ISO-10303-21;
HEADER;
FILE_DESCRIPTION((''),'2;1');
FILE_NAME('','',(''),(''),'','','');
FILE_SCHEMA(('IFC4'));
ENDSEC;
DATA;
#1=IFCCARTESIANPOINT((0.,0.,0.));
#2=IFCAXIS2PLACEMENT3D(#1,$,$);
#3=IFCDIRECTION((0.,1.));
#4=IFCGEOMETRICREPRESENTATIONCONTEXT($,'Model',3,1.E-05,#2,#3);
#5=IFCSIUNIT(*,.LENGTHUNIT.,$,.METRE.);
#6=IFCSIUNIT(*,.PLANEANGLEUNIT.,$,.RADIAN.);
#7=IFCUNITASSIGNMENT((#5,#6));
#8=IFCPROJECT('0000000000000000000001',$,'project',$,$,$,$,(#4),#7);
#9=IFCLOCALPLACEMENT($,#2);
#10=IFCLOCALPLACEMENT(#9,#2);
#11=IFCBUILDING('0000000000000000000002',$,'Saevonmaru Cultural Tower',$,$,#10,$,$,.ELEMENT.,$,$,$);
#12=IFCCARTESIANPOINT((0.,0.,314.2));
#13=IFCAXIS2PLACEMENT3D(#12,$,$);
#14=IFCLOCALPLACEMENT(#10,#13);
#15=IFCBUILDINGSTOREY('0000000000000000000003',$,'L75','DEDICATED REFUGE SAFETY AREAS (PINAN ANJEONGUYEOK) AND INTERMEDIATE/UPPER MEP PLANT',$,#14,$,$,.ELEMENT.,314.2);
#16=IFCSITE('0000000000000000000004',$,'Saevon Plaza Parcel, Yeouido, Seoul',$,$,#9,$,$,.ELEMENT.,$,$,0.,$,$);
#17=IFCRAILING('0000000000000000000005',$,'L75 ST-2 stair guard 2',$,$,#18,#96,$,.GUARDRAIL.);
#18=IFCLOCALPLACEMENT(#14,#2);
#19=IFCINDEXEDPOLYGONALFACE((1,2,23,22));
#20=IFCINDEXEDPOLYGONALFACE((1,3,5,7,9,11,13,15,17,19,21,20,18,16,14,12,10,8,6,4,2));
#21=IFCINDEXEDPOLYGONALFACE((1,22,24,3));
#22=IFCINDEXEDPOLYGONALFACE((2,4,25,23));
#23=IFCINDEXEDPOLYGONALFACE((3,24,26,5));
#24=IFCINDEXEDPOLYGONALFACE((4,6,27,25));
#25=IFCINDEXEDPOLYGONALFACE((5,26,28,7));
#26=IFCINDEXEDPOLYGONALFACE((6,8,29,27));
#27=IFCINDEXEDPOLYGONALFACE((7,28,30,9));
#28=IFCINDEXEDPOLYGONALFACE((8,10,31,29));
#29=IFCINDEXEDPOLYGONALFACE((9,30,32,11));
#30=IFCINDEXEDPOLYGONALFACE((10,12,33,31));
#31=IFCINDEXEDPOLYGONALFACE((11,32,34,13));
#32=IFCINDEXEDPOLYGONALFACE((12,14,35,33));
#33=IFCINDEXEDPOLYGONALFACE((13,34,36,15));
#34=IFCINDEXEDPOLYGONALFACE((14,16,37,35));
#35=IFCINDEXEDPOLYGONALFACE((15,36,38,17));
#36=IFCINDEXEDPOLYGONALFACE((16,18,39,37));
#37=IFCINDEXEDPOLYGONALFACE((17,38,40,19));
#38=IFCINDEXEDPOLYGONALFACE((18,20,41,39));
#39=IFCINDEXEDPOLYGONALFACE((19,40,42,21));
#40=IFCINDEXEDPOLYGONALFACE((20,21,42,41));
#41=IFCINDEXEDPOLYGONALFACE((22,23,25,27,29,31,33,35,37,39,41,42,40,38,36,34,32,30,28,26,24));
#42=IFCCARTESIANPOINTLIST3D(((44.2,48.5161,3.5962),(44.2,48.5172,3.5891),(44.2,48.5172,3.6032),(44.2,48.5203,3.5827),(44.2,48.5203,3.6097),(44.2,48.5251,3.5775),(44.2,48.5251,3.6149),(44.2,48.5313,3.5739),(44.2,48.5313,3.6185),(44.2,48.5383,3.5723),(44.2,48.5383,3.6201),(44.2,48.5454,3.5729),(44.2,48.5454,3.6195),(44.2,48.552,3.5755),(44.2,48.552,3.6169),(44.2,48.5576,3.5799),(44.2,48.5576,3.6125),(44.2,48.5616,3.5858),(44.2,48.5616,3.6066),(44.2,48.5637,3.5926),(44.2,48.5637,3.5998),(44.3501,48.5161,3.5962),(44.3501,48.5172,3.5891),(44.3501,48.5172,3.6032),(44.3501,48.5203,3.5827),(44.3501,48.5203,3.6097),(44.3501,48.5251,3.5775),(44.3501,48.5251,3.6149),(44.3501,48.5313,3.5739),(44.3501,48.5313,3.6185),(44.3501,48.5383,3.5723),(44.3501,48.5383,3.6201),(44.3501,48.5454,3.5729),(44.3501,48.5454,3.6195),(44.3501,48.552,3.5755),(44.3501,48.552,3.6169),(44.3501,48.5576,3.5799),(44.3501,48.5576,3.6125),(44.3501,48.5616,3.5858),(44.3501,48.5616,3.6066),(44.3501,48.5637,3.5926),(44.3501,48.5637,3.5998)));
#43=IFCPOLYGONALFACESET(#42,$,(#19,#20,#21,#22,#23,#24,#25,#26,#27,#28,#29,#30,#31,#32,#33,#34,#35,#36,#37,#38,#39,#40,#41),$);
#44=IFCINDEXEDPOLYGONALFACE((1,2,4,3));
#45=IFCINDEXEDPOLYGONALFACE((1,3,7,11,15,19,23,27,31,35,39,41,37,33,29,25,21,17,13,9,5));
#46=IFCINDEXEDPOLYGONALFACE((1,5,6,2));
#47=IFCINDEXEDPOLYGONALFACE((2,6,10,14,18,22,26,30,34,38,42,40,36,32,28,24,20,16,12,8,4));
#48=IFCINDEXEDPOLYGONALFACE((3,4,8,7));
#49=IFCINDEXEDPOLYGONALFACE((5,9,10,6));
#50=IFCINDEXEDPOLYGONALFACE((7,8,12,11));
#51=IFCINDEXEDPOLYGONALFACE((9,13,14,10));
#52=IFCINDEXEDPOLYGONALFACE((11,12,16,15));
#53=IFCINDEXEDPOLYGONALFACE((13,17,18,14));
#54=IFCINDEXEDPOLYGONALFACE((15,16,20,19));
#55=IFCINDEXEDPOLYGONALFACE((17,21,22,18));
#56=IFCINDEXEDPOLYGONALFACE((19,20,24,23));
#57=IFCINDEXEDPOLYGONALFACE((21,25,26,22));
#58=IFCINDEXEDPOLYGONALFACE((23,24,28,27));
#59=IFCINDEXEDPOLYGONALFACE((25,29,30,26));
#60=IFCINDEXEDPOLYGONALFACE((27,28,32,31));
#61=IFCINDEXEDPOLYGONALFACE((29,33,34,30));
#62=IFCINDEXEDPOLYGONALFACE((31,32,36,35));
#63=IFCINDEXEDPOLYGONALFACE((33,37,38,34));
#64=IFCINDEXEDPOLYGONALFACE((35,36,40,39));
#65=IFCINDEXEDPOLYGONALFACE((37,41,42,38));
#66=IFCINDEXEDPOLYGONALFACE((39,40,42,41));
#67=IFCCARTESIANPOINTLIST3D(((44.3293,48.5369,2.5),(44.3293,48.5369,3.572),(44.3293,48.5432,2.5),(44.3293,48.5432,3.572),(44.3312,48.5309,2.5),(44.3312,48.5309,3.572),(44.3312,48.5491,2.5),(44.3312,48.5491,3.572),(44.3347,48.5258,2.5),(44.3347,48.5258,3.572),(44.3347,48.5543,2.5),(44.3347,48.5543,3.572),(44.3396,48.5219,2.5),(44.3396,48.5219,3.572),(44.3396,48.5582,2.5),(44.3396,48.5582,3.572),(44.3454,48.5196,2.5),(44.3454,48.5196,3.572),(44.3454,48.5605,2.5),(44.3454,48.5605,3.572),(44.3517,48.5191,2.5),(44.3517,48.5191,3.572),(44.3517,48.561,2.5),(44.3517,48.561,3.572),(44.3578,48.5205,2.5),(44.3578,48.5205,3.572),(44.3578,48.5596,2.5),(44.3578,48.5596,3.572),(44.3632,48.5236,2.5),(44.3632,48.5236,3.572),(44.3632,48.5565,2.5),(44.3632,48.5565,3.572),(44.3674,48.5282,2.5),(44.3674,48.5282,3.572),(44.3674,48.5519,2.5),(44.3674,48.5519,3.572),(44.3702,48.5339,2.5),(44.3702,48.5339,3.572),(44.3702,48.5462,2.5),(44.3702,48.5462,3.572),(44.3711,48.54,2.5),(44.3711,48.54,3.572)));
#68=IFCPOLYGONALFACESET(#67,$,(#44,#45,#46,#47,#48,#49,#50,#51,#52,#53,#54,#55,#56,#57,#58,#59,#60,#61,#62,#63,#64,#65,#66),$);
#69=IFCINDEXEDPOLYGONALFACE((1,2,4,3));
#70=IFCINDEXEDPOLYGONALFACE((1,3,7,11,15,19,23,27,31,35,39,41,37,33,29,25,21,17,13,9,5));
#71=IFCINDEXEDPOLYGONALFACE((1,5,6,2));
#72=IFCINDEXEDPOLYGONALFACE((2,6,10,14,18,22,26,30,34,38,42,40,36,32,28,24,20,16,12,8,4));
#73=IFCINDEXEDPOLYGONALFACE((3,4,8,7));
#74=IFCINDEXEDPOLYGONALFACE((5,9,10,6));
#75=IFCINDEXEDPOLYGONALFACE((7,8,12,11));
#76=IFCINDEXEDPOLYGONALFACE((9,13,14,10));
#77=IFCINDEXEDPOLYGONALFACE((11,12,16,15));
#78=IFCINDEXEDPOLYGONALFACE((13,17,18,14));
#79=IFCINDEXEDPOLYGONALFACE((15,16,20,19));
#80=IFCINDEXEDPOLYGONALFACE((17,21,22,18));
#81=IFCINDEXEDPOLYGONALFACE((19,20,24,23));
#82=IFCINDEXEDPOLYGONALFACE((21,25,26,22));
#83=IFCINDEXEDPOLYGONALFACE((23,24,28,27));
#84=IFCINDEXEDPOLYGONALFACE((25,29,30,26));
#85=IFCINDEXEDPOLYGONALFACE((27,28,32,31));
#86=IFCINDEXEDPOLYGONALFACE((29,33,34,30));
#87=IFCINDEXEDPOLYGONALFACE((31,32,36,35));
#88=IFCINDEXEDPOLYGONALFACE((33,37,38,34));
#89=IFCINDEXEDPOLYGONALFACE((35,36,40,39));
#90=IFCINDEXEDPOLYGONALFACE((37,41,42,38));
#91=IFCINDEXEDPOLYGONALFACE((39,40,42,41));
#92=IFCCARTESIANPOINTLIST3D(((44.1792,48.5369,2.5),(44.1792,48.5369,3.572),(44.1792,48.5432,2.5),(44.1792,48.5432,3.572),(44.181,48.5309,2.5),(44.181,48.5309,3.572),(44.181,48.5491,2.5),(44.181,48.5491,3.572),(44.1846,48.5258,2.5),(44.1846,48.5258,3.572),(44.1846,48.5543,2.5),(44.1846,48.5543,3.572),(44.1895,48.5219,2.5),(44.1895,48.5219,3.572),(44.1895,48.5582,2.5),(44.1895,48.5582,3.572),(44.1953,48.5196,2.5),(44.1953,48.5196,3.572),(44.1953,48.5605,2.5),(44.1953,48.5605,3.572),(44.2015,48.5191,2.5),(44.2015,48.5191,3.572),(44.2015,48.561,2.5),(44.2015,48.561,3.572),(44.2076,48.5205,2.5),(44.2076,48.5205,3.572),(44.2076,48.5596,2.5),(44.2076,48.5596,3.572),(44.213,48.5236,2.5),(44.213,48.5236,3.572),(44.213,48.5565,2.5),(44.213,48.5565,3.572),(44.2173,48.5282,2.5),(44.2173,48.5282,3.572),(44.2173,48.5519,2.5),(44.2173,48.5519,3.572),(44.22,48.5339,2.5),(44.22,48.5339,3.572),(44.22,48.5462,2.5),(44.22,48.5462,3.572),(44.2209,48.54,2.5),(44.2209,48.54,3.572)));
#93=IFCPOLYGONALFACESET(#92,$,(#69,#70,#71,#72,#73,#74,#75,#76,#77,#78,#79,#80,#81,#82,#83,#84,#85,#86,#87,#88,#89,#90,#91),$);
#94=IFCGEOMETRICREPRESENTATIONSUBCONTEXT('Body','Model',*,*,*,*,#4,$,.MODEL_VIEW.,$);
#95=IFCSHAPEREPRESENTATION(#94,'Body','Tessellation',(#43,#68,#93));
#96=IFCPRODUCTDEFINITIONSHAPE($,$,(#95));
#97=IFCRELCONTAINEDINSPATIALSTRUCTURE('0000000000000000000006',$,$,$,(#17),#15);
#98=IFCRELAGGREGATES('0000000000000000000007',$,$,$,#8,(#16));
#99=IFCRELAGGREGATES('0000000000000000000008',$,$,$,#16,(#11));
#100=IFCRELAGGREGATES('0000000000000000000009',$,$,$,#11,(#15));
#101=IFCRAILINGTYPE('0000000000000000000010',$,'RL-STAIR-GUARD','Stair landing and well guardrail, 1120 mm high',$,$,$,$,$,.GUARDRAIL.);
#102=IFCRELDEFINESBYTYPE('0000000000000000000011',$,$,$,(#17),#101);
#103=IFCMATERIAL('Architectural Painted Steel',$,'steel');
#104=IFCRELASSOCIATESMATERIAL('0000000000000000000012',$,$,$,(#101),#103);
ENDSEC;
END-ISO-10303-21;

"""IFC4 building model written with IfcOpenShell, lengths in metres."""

from ifc_helpers import new_model, si_unit, direction, frame, origin, origin_2d, place, context, subcontext, project, spatial, circle, extrude, material, type_object, element, save


model = new_model("IFC4")

# Units and contexts
model_context = context("Model", 3, precision=1e-05, world=origin(), true_north=direction((0.0, 1.0)))
body_context = subcontext(model_context, "Body", "Model", "MODEL_VIEW")
ifc_project = project(units=[si_unit("LENGTHUNIT", "METRE"), si_unit("PLANEANGLEUNIT", "RADIAN")], contexts=[model_context])

# Site, building, storey
site_placement = place(None, origin())
site = spatial("IfcSite", under=ifc_project, at=site_placement, Name="Saevon Plaza Parcel, Yeouido, Seoul", CompositionType="ELEMENT", RefElevation=0.0)
building_placement = place(site_placement, origin())
building = spatial("IfcBuilding", under=site, at=building_placement, Name="Saevonmaru Cultural Tower", CompositionType="ELEMENT")
storey_placement = place(building_placement, frame((0.0, 0.0, 314.2)))
storey = spatial("IfcBuildingStorey", under=building, at=storey_placement, Name="L75", Description="DEDICATED REFUGE SAFETY AREAS (PINAN ANJEONGUYEOK) AND INTERMEDIATE/UPPER MEP PLANT", CompositionType="ELEMENT", Elevation=314.2)

# Railing
ifc_material_1 = material(Name="Architectural Painted Steel", Category="steel")
railing_type_1 = type_object("IfcRailingType", Name="RL-STAIR-GUARD", Description="Stair landing and well guardrail, 1120 mm high", PredefinedType="GUARDRAIL", material=ifc_material_1)
railing_1_placement = place(storey_placement, frame((44.3501, 48.54, 2.5)))
element("IfcRailing", 1, at=railing_1_placement, inside=storey, type_object=railing_type_1, Name="L75 ST-2 stair guard 2", PredefinedType="GUARDRAIL", context=body_context, shape_type="SweptSolid", body=[
    extrude(circle(Radius=0.0239, at=origin_2d()), frame((0.0, 0.0, 1.0962), z_axis=(-1.0, 0.0, 0.0), x_axis=(0.0, -1.0, 0.0)), (0.0, 0.0, 1.0), 0.1501),
    extrude(circle(Radius=0.021, at=origin_2d()), origin(), (0.0, 0.0, 1.0), 1.072),
    extrude(circle(Radius=0.021, at=origin_2d()), frame((-0.1501, 0.0, 0.0)), (0.0, 0.0, 1.0), 1.072),
])

save(model, "model.ifc")
